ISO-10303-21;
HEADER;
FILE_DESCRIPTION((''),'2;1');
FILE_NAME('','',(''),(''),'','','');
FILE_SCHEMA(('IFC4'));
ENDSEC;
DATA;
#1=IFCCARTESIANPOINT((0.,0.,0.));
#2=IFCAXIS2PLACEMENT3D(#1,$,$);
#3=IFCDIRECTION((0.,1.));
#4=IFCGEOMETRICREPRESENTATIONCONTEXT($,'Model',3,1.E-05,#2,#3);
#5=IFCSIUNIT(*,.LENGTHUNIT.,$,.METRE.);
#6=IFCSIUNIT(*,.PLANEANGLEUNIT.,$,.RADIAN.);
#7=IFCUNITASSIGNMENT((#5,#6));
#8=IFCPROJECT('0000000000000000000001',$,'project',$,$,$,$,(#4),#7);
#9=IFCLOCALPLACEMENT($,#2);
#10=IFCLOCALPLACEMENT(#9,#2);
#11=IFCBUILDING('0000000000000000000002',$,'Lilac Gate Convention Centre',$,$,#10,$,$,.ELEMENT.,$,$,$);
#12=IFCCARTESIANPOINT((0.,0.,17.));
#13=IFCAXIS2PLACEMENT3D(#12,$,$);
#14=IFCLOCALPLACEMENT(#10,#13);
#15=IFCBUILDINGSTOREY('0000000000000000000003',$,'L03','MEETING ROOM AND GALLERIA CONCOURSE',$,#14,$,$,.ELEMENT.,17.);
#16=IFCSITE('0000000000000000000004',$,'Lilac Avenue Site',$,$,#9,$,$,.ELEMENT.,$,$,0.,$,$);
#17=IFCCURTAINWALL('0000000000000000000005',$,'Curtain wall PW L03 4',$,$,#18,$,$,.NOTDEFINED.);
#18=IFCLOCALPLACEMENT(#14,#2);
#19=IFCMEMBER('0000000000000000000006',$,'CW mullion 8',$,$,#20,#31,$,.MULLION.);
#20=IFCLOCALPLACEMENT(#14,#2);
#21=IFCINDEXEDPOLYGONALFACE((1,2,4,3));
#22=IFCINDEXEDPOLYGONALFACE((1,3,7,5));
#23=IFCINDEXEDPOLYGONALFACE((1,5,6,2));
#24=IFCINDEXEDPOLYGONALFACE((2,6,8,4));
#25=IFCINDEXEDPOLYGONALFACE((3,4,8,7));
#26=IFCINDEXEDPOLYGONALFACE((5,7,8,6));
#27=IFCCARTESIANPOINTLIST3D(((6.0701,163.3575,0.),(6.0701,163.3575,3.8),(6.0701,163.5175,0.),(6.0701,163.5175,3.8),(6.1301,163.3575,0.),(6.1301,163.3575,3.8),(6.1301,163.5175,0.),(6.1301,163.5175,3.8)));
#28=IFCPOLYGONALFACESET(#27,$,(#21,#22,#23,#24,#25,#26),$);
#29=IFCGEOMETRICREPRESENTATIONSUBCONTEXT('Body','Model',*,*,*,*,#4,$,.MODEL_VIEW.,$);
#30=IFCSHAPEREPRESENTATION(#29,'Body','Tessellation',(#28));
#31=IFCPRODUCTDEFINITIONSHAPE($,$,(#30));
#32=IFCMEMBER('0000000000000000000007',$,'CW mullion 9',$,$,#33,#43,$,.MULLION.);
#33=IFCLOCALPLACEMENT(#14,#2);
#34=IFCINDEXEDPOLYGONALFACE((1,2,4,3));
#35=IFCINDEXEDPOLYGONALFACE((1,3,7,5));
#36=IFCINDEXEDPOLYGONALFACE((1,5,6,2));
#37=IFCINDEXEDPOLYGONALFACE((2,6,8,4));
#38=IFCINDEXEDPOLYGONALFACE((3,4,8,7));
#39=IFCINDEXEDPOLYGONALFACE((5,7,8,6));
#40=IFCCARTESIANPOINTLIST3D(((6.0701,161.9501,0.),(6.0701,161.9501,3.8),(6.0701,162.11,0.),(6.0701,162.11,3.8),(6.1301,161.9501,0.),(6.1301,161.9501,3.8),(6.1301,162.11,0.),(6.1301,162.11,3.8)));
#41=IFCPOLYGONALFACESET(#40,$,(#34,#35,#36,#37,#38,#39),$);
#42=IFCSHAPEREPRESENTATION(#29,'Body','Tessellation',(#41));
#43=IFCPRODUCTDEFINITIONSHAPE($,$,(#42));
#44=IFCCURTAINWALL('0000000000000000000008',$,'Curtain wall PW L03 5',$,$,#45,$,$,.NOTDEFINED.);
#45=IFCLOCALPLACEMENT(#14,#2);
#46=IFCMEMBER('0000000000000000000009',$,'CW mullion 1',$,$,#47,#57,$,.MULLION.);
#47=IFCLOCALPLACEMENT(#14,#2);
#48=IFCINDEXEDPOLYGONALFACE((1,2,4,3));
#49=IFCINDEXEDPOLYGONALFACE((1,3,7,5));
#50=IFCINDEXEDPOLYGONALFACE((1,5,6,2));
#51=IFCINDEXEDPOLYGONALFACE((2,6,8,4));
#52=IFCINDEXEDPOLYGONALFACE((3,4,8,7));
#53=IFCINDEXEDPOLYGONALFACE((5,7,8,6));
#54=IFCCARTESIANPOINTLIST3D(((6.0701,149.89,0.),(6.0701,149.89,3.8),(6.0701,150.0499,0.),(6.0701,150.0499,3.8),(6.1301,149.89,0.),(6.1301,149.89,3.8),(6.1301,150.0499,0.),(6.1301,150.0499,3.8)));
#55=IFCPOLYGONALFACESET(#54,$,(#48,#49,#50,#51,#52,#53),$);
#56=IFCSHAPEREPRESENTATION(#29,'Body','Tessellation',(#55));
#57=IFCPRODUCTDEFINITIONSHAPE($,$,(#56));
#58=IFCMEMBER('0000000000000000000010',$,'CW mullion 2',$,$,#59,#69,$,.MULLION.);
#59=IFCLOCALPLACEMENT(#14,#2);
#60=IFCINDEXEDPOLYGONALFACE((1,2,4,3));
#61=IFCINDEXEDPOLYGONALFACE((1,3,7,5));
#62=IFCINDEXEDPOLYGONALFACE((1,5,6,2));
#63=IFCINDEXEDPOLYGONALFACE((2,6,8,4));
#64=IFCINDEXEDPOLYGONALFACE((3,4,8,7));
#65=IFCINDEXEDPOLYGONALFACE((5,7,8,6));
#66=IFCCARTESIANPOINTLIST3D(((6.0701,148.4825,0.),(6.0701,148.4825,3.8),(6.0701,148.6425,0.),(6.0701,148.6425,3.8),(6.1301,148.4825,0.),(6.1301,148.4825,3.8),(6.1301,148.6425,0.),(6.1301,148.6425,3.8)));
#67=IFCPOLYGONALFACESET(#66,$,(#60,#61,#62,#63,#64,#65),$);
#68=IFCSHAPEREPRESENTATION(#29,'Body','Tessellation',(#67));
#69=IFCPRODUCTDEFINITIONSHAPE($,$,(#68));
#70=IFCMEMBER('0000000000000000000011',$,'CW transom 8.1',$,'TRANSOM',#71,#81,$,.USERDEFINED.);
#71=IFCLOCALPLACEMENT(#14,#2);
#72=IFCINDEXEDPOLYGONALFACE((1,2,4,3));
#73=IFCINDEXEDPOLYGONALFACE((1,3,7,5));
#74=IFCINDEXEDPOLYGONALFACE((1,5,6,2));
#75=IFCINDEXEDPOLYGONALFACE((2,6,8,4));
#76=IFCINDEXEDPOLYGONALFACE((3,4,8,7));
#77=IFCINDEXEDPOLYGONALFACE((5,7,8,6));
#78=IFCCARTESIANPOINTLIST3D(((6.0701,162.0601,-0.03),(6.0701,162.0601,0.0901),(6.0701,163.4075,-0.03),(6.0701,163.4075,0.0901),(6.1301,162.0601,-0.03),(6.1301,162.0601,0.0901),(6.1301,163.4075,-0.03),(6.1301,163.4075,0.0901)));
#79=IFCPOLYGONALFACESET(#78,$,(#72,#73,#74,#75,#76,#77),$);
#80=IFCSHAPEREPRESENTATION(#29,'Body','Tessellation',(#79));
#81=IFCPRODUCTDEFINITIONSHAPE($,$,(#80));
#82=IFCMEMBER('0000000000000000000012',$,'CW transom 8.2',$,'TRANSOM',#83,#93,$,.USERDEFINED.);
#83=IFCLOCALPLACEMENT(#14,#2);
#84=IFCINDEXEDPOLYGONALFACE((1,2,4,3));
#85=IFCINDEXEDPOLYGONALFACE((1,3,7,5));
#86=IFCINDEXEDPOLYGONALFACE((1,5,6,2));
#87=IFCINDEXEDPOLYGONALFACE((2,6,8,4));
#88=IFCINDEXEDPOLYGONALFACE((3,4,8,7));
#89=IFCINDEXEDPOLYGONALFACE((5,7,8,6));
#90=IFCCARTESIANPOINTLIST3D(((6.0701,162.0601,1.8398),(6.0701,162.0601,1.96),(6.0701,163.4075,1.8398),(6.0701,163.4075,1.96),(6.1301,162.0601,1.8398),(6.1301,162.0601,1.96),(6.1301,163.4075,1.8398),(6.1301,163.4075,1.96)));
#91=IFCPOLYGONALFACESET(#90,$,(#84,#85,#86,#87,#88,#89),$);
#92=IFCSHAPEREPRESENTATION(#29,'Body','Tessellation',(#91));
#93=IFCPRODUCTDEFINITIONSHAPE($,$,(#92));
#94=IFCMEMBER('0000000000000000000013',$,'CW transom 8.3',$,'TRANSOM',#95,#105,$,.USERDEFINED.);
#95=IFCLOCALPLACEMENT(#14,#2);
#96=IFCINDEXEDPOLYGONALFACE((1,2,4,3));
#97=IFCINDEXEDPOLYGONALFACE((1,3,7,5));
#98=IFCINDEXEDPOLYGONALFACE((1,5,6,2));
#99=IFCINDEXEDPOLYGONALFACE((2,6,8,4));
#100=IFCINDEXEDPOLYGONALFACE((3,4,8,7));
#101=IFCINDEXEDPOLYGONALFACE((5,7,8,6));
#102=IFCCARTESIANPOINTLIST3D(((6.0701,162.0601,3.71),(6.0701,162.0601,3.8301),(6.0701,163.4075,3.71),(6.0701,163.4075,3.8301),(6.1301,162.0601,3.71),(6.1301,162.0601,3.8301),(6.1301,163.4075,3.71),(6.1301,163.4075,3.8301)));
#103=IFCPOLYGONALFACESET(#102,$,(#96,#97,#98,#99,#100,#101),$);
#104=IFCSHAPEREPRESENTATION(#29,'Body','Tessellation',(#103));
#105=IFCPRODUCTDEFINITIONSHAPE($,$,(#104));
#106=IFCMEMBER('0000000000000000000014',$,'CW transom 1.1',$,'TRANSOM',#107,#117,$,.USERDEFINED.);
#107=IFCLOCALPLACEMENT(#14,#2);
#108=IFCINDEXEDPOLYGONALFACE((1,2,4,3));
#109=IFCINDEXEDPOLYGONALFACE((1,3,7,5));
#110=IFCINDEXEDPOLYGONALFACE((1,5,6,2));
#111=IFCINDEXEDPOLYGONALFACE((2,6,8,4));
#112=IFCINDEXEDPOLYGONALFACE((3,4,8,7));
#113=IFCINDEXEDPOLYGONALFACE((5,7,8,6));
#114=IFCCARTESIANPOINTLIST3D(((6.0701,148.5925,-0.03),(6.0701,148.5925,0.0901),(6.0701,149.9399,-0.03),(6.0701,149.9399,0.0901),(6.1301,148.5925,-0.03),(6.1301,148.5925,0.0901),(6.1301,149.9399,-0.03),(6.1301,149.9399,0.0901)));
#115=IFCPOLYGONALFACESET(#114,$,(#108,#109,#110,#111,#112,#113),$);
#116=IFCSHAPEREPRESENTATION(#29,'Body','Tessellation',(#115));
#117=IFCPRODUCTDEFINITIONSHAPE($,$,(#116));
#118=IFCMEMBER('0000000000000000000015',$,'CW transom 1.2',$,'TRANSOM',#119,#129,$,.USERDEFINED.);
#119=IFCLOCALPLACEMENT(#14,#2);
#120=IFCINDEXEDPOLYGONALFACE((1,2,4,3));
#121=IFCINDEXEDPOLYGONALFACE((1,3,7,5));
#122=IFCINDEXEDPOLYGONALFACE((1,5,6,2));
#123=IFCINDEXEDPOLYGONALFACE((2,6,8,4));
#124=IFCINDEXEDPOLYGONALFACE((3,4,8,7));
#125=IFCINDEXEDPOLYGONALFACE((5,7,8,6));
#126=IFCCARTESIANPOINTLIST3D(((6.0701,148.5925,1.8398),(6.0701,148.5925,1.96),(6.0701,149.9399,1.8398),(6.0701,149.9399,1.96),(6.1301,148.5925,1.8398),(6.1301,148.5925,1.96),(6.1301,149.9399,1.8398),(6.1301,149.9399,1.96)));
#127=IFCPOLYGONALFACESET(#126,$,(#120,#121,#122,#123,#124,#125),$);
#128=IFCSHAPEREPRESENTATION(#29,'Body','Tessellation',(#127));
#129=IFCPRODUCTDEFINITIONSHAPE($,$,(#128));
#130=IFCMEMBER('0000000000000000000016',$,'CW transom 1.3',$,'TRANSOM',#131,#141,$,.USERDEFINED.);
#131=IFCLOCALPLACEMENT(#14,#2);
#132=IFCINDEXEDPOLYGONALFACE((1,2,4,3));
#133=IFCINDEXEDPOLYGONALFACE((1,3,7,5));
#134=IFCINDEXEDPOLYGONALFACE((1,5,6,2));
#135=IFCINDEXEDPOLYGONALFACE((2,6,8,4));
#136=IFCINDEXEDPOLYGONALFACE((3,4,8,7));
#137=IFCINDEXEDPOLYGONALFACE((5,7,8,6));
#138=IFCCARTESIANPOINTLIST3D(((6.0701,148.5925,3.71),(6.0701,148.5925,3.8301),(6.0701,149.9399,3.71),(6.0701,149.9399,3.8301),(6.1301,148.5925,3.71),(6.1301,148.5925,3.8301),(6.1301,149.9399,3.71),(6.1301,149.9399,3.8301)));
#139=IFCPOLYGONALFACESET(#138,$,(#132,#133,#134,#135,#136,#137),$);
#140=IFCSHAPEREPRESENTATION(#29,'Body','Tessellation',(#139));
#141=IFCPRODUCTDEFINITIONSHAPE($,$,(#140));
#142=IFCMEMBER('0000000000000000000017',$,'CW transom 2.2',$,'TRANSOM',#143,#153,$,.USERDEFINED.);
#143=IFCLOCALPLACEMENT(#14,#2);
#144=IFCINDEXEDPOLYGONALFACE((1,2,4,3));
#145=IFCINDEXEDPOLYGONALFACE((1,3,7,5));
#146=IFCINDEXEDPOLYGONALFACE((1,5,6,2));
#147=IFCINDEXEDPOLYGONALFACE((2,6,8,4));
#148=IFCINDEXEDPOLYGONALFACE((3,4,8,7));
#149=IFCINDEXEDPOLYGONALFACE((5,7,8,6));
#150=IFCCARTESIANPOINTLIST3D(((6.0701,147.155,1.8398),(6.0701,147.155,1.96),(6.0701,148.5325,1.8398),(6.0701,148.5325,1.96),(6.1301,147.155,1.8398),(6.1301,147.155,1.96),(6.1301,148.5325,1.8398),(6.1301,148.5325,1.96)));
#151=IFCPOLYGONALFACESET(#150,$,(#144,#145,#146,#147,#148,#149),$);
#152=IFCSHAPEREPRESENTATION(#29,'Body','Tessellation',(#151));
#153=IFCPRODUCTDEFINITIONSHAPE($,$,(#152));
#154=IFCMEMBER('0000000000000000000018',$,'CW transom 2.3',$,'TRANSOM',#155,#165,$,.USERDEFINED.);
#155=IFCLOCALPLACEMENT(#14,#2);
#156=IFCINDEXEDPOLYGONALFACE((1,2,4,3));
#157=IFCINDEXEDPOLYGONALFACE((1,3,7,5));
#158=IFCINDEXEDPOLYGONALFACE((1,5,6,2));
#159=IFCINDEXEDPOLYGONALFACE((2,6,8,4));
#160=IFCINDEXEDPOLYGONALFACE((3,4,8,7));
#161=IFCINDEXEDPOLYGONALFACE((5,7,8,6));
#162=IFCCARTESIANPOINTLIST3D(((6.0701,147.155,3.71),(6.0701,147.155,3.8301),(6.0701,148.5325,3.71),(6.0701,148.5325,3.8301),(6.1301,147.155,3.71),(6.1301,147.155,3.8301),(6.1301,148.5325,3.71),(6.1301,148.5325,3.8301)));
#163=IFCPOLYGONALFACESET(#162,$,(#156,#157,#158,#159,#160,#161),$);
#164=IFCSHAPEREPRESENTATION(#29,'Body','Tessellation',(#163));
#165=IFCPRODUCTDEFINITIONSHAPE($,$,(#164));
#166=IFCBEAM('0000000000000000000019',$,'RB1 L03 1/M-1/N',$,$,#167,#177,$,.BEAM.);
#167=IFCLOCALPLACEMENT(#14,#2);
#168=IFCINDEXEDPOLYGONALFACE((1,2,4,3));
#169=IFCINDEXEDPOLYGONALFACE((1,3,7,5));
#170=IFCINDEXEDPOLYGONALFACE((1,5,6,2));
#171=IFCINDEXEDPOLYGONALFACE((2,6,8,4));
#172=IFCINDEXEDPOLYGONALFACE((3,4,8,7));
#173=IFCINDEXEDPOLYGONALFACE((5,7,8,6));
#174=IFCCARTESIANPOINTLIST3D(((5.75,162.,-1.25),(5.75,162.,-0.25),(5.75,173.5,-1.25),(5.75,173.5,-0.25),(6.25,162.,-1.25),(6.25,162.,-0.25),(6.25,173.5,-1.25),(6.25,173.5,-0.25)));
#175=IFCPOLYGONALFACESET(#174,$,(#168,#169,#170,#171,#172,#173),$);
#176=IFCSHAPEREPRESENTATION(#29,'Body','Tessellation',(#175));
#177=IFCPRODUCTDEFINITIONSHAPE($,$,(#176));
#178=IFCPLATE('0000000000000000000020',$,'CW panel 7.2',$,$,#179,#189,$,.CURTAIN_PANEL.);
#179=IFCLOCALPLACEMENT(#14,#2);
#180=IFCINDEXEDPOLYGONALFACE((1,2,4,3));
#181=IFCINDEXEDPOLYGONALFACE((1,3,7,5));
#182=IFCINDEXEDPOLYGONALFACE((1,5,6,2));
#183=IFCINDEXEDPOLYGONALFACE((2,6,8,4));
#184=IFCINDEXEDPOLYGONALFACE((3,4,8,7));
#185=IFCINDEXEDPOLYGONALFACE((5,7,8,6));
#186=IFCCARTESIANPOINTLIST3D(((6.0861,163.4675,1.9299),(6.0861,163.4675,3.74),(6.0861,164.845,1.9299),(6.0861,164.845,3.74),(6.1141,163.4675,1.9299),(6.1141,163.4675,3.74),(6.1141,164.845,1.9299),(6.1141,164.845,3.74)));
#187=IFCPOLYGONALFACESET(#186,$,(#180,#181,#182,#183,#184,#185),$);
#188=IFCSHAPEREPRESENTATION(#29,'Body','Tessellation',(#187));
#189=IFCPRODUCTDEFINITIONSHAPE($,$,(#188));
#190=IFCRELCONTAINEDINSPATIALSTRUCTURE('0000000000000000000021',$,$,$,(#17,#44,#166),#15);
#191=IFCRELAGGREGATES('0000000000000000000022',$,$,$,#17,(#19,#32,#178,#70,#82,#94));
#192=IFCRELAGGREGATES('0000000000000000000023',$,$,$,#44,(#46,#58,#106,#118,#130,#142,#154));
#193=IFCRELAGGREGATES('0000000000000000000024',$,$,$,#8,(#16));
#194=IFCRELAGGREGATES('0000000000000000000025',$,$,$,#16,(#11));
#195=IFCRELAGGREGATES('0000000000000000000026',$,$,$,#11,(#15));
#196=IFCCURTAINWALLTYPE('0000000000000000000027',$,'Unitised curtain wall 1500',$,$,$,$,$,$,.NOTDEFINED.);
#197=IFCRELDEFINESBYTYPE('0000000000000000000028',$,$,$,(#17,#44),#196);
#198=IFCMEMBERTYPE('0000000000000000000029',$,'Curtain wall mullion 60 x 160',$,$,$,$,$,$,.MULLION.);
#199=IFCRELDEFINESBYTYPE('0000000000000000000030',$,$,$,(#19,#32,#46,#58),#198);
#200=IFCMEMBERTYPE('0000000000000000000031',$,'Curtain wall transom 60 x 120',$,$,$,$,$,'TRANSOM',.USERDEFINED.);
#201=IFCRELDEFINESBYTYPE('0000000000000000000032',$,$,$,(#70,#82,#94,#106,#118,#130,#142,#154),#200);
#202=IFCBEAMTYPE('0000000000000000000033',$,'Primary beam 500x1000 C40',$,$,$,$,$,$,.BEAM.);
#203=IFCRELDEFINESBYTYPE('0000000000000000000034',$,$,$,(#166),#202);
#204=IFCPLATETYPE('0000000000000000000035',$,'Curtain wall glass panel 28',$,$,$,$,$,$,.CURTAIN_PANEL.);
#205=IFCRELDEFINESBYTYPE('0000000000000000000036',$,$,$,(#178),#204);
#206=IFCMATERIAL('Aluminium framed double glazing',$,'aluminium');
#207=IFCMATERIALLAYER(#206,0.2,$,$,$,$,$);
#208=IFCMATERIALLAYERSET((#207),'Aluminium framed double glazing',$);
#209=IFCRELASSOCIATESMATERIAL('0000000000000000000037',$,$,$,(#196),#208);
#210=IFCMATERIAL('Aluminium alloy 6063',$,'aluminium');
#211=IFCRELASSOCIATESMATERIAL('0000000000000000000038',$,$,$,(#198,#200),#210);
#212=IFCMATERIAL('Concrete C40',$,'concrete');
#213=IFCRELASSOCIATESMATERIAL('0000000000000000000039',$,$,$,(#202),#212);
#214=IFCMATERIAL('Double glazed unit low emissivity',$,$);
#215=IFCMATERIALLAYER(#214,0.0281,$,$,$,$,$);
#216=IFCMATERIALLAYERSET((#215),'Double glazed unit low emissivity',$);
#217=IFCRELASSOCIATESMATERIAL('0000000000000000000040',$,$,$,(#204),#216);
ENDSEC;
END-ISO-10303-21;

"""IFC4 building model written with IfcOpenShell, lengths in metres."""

from ifc_helpers import new_model, si_unit, direction, frame, origin, origin_2d, place, context, subcontext, project, spatial, rectangle, extrude, material, layer, layer_set, material_profile, profile_set, type_object, element, aggregate, save


model = new_model("IFC4")

# Units and contexts
model_context = context("Model", 3, precision=1e-05, world=origin(), true_north=direction((0.0, 1.0)))
body_context = subcontext(model_context, "Body", "Model", "MODEL_VIEW")
ifc_project = project(units=[si_unit("LENGTHUNIT", "METRE"), si_unit("PLANEANGLEUNIT", "RADIAN")], contexts=[model_context])

# Site, building, storey
site_placement = place(None, origin())
site = spatial("IfcSite", under=ifc_project, at=site_placement, Name="Lilac Avenue Site", CompositionType="ELEMENT", RefElevation=0.0)
building_placement = place(site_placement, origin())
building = spatial("IfcBuilding", under=site, at=building_placement, Name="Lilac Gate Convention Centre", CompositionType="ELEMENT")
storey_placement = place(building_placement, frame((0.0, 0.0, 17.0)))
storey = spatial("IfcBuildingStorey", under=building, at=storey_placement, Name="L03", Description="MEETING ROOM AND GALLERIA CONCOURSE", CompositionType="ELEMENT", Elevation=17.0)

# Curtain walls, members
ifc_material_1 = material(Name="Aluminium framed double glazing", Category="aluminium")
ifc_layer_1 = layer(ifc_material_1, 0.2)
ifc_layer_set_1 = layer_set([ifc_layer_1], Name="Aluminium framed double glazing")
curtain_wall_type = type_object("IfcCurtainWallType", Name="Unitised curtain wall 1500", PredefinedType="NOTDEFINED", material=ifc_layer_set_1)
curtain_wall_1_placement = place(storey_placement, origin())
curtain_wall_1 = element("IfcCurtainWall", 1, at=curtain_wall_1_placement, inside=storey, type_object=curtain_wall_type, Name="Curtain wall PW L03 4", PredefinedType="NOTDEFINED")
ifc_material_2 = material(Name="Aluminium alloy 6063", Category="aluminium")
ifc_material_profile_1 = material_profile(ifc_material_2, rectangle(XDim=0.0601, YDim=0.1599, at=origin_2d()), Name="Curtain wall mullion 60 x 160")
ifc_profile_set_1 = profile_set([ifc_material_profile_1], Name="Aluminium alloy 6063")
member_type_1 = type_object("IfcMemberType", Name="Curtain wall mullion 60 x 160", PredefinedType="MULLION", material=ifc_profile_set_1)
member_1_placement = place(storey_placement, frame((6.1001, 163.4375, 0.0), z_axis=(0.0, 0.0, 1.0), x_axis=(1.0, 0.0, 0.0)))
member_1 = element("IfcMember", 2, at=member_1_placement, type_object=member_type_1, Name="CW mullion 8", PredefinedType="MULLION", context=body_context, shape_type="SweptSolid", body=[
    extrude(rectangle(XDim=0.0601, YDim=0.1599, at=origin_2d()), origin(), (0.0, 0.0, 1.0), 3.8),
])
member_2_placement = place(storey_placement, frame((6.1001, 162.03, 0.0), z_axis=(0.0, 0.0, 1.0), x_axis=(1.0, 0.0, 0.0)))
member_2 = element("IfcMember", 3, at=member_2_placement, type_object=member_type_1, Name="CW mullion 9", PredefinedType="MULLION", context=body_context, shape_type="SweptSolid", body=[
    extrude(rectangle(XDim=0.0601, YDim=0.1599, at=origin_2d()), origin(), (0.0, 0.0, 1.0), 3.8),
])
curtain_wall_2_placement = place(storey_placement, origin())
curtain_wall_2 = element("IfcCurtainWall", 4, at=curtain_wall_2_placement, inside=storey, type_object=curtain_wall_type, Name="Curtain wall PW L03 5", PredefinedType="NOTDEFINED")
member_3_placement = place(storey_placement, frame((6.1001, 149.97, 0.0), z_axis=(0.0, 0.0, 1.0), x_axis=(1.0, 0.0, 0.0)))
member_3 = element("IfcMember", 5, at=member_3_placement, type_object=member_type_1, Name="CW mullion 1", PredefinedType="MULLION", context=body_context, shape_type="SweptSolid", body=[
    extrude(rectangle(XDim=0.0601, YDim=0.1599, at=origin_2d()), origin(), (0.0, 0.0, 1.0), 3.8),
])
member_4_placement = place(storey_placement, frame((6.1001, 148.5625, 0.0), z_axis=(0.0, 0.0, 1.0), x_axis=(1.0, 0.0, 0.0)))
member_4 = element("IfcMember", 6, at=member_4_placement, type_object=member_type_1, Name="CW mullion 2", PredefinedType="MULLION", context=body_context, shape_type="SweptSolid", body=[
    extrude(rectangle(XDim=0.0601, YDim=0.1599, at=origin_2d()), origin(), (0.0, 0.0, 1.0), 3.8),
])

# Members
ifc_material_profile_2 = material_profile(ifc_material_2, rectangle(XDim=0.0601, YDim=0.1201, at=origin_2d()), Name="Curtain wall transom 60 x 120")
ifc_profile_set_2 = profile_set([ifc_material_profile_2], Name="Aluminium alloy 6063")
member_type_2 = type_object("IfcMemberType", Name="Curtain wall transom 60 x 120", ElementType="TRANSOM", PredefinedType="USERDEFINED", material=ifc_profile_set_2)
member_5_placement = place(storey_placement, frame((6.1001, 163.4075, 0.03), z_axis=(0.0, -1.0, 0.0), x_axis=(1.0, 0.0, 0.0)))
member_5 = element("IfcMember", 7, at=member_5_placement, type_object=member_type_2, Name="CW transom 8.1", ObjectType="TRANSOM", PredefinedType="USERDEFINED", context=body_context, shape_type="SweptSolid", body=[
    extrude(rectangle(XDim=0.0601, YDim=0.1201, at=origin_2d()), origin(), (0.0, 0.0, 1.0), 1.3474),
])
member_6_placement = place(storey_placement, frame((6.1001, 163.4075, 1.8999), z_axis=(0.0, -1.0, 0.0), x_axis=(1.0, 0.0, 0.0)))
member_6 = element("IfcMember", 8, at=member_6_placement, type_object=member_type_2, Name="CW transom 8.2", ObjectType="TRANSOM", PredefinedType="USERDEFINED", context=body_context, shape_type="SweptSolid", body=[
    extrude(rectangle(XDim=0.0601, YDim=0.1201, at=origin_2d()), origin(), (0.0, 0.0, 1.0), 1.3474),
])
member_7_placement = place(storey_placement, frame((6.1001, 163.4075, 3.77), z_axis=(0.0, -1.0, 0.0), x_axis=(1.0, 0.0, 0.0)))
member_7 = element("IfcMember", 9, at=member_7_placement, type_object=member_type_2, Name="CW transom 8.3", ObjectType="TRANSOM", PredefinedType="USERDEFINED", context=body_context, shape_type="SweptSolid", body=[
    extrude(rectangle(XDim=0.0601, YDim=0.1201, at=origin_2d()), origin(), (0.0, 0.0, 1.0), 1.3474),
])
member_8_placement = place(storey_placement, frame((6.1001, 149.9399, 0.03), z_axis=(0.0, -1.0, 0.0), x_axis=(1.0, 0.0, 0.0)))
member_8 = element("IfcMember", 10, at=member_8_placement, type_object=member_type_2, Name="CW transom 1.1", ObjectType="TRANSOM", PredefinedType="USERDEFINED", context=body_context, shape_type="SweptSolid", body=[
    extrude(rectangle(XDim=0.0601, YDim=0.1201, at=origin_2d()), origin(), (0.0, 0.0, 1.0), 1.3474),
])
member_9_placement = place(storey_placement, frame((6.1001, 149.9399, 1.8999), z_axis=(0.0, -1.0, 0.0), x_axis=(1.0, 0.0, 0.0)))
member_9 = element("IfcMember", 11, at=member_9_placement, type_object=member_type_2, Name="CW transom 1.2", ObjectType="TRANSOM", PredefinedType="USERDEFINED", context=body_context, shape_type="SweptSolid", body=[
    extrude(rectangle(XDim=0.0601, YDim=0.1201, at=origin_2d()), origin(), (0.0, 0.0, 1.0), 1.3474),
])
member_10_placement = place(storey_placement, frame((6.1001, 149.9399, 3.77), z_axis=(0.0, -1.0, 0.0), x_axis=(1.0, 0.0, 0.0)))
member_10 = element("IfcMember", 12, at=member_10_placement, type_object=member_type_2, Name="CW transom 1.3", ObjectType="TRANSOM", PredefinedType="USERDEFINED", context=body_context, shape_type="SweptSolid", body=[
    extrude(rectangle(XDim=0.0601, YDim=0.1201, at=origin_2d()), origin(), (0.0, 0.0, 1.0), 1.3474),
])
member_11_placement = place(storey_placement, frame((6.1001, 148.5325, 1.8999), z_axis=(0.0, -1.0, 0.0), x_axis=(1.0, 0.0, 0.0)))
member_11 = element("IfcMember", 13, at=member_11_placement, type_object=member_type_2, Name="CW transom 2.2", ObjectType="TRANSOM", PredefinedType="USERDEFINED", context=body_context, shape_type="SweptSolid", body=[
    extrude(rectangle(XDim=0.0601, YDim=0.1201, at=origin_2d()), origin(), (0.0, 0.0, 1.0), 1.3774),
])
member_12_placement = place(storey_placement, frame((6.1001, 148.5325, 3.77), z_axis=(0.0, -1.0, 0.0), x_axis=(1.0, 0.0, 0.0)))
member_12 = element("IfcMember", 14, at=member_12_placement, type_object=member_type_2, Name="CW transom 2.3", ObjectType="TRANSOM", PredefinedType="USERDEFINED", context=body_context, shape_type="SweptSolid", body=[
    extrude(rectangle(XDim=0.0601, YDim=0.1201, at=origin_2d()), origin(), (0.0, 0.0, 1.0), 1.3774),
])

# Beam
ifc_material_3 = material(Name="Concrete C40", Category="concrete")
ifc_material_profile_3 = material_profile(ifc_material_3, rectangle(XDim=0.5, YDim=1.0, at=origin_2d()), Name="RC 500x1000")
ifc_profile_set_3 = profile_set([ifc_material_profile_3], Name="Concrete C40")
beam_type = type_object("IfcBeamType", Name="Primary beam 500x1000 C40", PredefinedType="BEAM", material=ifc_profile_set_3)
beam_placement = place(storey_placement, frame((6.0, 162.0, -0.75), z_axis=(0.0, 1.0, 0.0), x_axis=(-1.0, 0.0, 0.0)))
element("IfcBeam", 15, at=beam_placement, inside=storey, type_object=beam_type, Name="RB1 L03 1/M-1/N", PredefinedType="BEAM", context=body_context, shape_type="SweptSolid", body=[
    extrude(rectangle(XDim=0.5, YDim=1.0, at=origin_2d()), origin(), (0.0, 0.0, 1.0), 11.5),
])

# Plate
ifc_material_4 = material(Name="Double glazed unit low emissivity")
ifc_layer_2 = layer(ifc_material_4, 0.0281)
ifc_layer_set_2 = layer_set([ifc_layer_2], Name="Double glazed unit low emissivity")
plate_type_1 = type_object("IfcPlateType", Name="Curtain wall glass panel 28", PredefinedType="CURTAIN_PANEL", material=ifc_layer_set_2)
plate_1_placement = place(storey_placement, frame((6.1001, 164.1562, 1.9299), z_axis=(0.0, 0.0, 1.0), x_axis=(0.0, -1.0, 0.0)))
plate_1 = element("IfcPlate", 16, at=plate_1_placement, type_object=plate_type_1, Name="CW panel 7.2", PredefinedType="CURTAIN_PANEL", context=body_context, shape_type="SweptSolid", body=[
    extrude(rectangle(XDim=1.3774, YDim=0.0281, at=origin_2d()), origin(), (0.0, 0.0, 1.0), 1.8101),
])
aggregate(curtain_wall_1, [member_1, member_2, plate_1, member_5, member_6, member_7])
aggregate(curtain_wall_2, [member_3, member_4, member_8, member_9, member_10, member_11, member_12])

save(model, "model.ifc")
